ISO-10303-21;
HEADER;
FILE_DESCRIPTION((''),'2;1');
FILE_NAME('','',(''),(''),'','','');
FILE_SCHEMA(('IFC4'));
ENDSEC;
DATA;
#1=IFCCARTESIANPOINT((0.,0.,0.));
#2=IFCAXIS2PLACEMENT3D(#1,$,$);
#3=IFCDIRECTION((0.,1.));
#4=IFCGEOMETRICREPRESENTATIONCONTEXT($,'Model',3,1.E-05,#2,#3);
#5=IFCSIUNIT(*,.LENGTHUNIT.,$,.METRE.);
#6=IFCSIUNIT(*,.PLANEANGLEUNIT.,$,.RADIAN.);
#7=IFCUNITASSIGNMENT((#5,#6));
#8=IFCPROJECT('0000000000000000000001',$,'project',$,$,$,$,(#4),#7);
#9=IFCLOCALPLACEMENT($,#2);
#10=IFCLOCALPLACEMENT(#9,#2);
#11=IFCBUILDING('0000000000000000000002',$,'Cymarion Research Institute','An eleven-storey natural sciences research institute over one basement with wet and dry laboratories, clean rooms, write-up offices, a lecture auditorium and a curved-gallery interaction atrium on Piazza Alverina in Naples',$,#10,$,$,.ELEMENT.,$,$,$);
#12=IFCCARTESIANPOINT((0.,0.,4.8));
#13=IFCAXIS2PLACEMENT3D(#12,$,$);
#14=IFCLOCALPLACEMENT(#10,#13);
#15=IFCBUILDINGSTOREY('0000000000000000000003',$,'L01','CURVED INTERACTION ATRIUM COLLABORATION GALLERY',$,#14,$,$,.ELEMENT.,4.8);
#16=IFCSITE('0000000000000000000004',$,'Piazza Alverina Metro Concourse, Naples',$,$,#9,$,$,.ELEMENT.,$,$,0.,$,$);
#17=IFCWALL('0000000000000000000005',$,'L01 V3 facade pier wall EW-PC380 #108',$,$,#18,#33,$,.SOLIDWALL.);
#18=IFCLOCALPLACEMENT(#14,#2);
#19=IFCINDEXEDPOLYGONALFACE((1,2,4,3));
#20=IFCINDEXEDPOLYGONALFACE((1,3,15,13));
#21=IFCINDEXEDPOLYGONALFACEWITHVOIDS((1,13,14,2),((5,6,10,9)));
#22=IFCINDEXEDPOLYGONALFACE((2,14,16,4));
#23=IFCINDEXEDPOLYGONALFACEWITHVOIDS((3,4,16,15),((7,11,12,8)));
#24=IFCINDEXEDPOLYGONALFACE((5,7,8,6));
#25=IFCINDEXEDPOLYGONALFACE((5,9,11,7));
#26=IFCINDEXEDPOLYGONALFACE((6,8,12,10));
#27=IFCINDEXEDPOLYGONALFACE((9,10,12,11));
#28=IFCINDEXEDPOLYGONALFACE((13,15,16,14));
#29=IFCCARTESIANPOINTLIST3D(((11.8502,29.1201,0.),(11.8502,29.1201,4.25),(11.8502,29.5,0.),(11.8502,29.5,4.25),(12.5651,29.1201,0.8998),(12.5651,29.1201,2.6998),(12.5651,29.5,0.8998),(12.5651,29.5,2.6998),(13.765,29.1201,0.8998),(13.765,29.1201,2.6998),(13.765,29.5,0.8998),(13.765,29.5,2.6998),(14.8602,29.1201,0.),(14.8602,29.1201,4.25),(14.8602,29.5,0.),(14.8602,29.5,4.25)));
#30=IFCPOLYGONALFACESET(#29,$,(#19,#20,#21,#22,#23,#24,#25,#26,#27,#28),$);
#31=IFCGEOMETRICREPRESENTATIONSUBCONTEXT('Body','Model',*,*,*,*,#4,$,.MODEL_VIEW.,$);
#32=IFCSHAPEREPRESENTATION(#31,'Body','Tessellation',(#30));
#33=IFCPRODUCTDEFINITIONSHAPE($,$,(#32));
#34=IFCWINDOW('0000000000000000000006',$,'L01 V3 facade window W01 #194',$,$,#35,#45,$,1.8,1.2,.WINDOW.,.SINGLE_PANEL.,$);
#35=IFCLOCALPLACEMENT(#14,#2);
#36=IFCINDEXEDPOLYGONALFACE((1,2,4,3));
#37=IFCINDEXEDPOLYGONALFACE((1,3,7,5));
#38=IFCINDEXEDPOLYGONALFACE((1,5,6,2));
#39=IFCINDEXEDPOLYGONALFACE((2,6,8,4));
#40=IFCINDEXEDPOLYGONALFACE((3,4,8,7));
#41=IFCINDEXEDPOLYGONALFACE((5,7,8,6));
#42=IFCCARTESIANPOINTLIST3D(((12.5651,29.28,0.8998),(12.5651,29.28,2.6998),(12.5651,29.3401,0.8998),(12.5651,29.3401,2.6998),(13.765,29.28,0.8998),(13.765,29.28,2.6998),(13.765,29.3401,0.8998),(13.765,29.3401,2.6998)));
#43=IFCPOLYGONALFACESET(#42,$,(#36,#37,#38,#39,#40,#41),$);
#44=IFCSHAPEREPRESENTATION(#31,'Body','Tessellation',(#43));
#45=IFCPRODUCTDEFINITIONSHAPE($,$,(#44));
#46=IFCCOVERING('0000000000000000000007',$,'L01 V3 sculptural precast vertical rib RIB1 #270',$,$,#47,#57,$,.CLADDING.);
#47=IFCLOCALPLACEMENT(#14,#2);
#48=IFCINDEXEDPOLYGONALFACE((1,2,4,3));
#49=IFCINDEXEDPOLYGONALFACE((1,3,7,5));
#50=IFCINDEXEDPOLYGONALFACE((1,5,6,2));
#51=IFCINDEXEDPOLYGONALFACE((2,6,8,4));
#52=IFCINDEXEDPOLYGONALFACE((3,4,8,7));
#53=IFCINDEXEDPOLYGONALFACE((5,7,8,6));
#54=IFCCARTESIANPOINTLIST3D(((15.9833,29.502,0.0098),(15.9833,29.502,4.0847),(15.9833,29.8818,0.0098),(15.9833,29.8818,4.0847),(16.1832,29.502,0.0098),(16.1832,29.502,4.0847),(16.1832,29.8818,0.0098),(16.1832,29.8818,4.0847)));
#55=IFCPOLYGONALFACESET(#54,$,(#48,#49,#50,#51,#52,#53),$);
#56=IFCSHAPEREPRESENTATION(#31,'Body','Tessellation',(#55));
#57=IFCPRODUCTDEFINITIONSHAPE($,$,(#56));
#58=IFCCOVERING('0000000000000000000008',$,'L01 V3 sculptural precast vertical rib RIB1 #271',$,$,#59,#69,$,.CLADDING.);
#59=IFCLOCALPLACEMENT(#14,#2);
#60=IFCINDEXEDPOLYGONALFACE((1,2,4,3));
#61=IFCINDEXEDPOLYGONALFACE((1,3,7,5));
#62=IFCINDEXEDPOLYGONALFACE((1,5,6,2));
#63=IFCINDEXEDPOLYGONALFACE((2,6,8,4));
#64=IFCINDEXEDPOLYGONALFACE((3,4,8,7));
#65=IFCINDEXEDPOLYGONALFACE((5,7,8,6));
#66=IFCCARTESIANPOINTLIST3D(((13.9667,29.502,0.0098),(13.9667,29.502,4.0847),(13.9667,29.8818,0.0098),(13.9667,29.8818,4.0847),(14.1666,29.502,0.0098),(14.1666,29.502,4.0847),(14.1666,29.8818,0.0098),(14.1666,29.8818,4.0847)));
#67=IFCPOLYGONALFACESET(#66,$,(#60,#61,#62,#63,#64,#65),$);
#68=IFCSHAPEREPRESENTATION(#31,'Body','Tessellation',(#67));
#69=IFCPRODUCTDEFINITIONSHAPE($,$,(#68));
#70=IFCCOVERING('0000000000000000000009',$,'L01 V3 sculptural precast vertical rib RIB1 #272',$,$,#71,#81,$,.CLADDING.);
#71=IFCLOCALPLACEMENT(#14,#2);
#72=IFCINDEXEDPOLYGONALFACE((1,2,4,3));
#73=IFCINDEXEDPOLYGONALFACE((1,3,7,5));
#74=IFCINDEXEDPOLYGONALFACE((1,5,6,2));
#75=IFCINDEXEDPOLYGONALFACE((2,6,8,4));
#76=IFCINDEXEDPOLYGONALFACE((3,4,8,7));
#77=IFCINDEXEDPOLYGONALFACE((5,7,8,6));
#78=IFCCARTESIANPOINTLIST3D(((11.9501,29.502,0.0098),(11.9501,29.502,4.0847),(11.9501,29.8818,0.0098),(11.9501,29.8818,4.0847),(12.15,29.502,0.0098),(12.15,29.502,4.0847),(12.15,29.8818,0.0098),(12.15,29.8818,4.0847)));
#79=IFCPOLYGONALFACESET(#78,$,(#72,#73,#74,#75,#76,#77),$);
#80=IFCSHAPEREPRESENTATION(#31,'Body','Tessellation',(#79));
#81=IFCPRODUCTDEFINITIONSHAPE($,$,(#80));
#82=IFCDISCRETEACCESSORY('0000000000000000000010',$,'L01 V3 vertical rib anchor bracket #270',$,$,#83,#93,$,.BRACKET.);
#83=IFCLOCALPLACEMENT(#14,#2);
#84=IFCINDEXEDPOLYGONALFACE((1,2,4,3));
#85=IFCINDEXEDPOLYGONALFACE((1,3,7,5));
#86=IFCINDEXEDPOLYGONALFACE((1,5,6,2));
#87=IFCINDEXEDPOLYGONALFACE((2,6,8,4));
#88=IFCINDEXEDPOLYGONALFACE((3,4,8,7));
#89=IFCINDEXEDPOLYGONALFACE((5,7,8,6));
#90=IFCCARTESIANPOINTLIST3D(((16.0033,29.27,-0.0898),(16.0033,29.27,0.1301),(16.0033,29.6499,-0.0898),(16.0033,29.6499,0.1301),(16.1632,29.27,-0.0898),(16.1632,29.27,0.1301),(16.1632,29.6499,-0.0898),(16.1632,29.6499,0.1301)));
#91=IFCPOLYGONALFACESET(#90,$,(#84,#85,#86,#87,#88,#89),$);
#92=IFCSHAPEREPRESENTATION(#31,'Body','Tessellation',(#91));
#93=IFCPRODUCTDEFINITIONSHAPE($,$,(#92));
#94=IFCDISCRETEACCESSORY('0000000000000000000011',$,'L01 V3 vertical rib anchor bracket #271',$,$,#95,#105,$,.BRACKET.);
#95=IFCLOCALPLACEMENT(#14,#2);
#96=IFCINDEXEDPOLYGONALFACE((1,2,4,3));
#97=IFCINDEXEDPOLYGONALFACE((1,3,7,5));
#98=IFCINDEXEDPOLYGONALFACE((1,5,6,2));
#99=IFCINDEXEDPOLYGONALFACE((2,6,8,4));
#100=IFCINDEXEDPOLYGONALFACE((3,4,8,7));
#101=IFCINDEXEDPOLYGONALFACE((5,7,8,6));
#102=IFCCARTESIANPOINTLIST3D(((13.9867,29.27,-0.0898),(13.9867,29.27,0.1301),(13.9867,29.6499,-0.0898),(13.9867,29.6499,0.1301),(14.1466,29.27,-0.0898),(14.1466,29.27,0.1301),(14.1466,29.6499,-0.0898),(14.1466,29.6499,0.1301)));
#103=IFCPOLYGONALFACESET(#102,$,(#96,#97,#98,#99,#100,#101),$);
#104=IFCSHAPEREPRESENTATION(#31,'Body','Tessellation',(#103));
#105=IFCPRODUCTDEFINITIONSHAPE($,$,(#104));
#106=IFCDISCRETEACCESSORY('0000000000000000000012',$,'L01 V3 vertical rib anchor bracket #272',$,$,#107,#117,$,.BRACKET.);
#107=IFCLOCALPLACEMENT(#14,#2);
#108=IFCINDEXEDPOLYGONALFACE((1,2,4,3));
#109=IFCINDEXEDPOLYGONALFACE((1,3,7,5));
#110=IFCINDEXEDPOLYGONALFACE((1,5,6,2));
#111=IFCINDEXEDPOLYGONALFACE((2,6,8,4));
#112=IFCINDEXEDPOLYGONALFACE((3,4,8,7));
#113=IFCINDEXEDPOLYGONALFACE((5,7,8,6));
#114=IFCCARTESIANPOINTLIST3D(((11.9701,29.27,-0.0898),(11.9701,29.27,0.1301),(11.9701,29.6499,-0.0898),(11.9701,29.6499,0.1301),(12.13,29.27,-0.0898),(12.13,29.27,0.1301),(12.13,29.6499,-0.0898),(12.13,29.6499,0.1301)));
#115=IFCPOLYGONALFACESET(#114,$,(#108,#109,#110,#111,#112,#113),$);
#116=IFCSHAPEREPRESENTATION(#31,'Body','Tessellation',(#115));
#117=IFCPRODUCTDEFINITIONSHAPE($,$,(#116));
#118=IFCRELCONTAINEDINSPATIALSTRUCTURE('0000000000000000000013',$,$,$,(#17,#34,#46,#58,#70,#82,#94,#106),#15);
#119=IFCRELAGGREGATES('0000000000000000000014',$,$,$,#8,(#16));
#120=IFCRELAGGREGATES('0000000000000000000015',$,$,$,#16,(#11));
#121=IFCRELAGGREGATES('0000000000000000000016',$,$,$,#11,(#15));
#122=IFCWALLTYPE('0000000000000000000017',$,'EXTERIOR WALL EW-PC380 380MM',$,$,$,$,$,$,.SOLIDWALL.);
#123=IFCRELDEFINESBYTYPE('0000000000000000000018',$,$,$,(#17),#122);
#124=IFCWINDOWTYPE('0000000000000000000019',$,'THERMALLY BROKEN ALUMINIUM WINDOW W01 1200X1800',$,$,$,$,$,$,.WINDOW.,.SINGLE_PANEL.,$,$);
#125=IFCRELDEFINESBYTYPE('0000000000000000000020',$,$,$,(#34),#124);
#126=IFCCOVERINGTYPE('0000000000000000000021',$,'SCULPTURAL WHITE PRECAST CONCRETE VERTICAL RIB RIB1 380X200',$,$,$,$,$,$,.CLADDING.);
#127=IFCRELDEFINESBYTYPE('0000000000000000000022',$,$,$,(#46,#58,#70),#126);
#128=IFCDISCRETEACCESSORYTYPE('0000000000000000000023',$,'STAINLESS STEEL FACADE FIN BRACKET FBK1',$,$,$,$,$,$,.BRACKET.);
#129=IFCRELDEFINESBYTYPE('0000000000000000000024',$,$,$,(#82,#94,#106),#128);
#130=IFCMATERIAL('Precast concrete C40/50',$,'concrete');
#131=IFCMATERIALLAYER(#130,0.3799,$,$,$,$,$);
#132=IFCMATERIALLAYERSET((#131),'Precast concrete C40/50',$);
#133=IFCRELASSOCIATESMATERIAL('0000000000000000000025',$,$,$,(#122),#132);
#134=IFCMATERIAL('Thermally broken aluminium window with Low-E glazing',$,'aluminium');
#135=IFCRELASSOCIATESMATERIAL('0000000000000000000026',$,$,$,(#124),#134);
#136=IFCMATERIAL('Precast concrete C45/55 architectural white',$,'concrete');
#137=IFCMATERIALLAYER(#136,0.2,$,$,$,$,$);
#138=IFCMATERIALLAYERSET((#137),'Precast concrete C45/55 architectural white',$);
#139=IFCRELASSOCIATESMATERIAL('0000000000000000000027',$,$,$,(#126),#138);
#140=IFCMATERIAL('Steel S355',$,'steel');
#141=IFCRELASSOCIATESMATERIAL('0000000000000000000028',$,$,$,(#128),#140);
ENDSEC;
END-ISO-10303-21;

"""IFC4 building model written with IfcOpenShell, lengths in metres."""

from ifc_helpers import new_model, si_unit, direction, frame, frame_2d, origin, origin_2d, place, context, subcontext, project, spatial, rectangle, extrude, material, layer, layer_set, type_object, element, fill, save


model = new_model("IFC4")

# Units and contexts
model_context = context("Model", 3, precision=1e-05, world=origin(), true_north=direction((0.0, 1.0)))
body_context = subcontext(model_context, "Body", "Model", "MODEL_VIEW")
ifc_project = project(units=[si_unit("LENGTHUNIT", "METRE"), si_unit("PLANEANGLEUNIT", "RADIAN")], contexts=[model_context])

# Site, building, storey
site_placement = place(None, origin())
site = spatial("IfcSite", under=ifc_project, at=site_placement, Name="Piazza Alverina Metro Concourse, Naples", CompositionType="ELEMENT", RefElevation=0.0)
building_placement = place(site_placement, origin())
building = spatial("IfcBuilding", under=site, at=building_placement, Name="Cymarion Research Institute", Description="An eleven-storey natural sciences research institute over one basement with wet and dry laboratories, clean rooms, write-up offices, a lecture auditorium and a curved-gallery interaction atrium on Piazza Alverina in Naples", CompositionType="ELEMENT")
storey_placement = place(building_placement, frame((0.0, 0.0, 4.8)))
storey = spatial("IfcBuildingStorey", under=building, at=storey_placement, Name="L01", Description="CURVED INTERACTION ATRIUM COLLABORATION GALLERY", CompositionType="ELEMENT", Elevation=4.8)

# Shared definitions
ifc_material_1 = material(Name="Steel S355", Category="steel")

# Wall, opening, window
ifc_material_2 = material(Name="Precast concrete C40/50", Category="concrete")
ifc_layer_1 = layer(ifc_material_2, 0.3799)
ifc_layer_set_1 = layer_set([ifc_layer_1], Name="Precast concrete C40/50")
wall_type = type_object("IfcWallType", Name="EXTERIOR WALL EW-PC380 380MM", PredefinedType="SOLIDWALL", material=ifc_layer_set_1)
wall_placement = place(storey_placement, frame((14.8601, 29.3101, 0.0), z_axis=(0.0, 0.0, 1.0), x_axis=(-1.0, 0.0, 0.0)))
wall = element("IfcWall", 1, at=wall_placement, inside=storey, type_object=wall_type, Name="L01 V3 facade pier wall EW-PC380 #108", PredefinedType="SOLIDWALL", context=body_context, shape_type="SweptSolid", body=[
    extrude(rectangle(XDim=3.01, YDim=0.3799, at=frame_2d((1.5049, 0.0))), origin(), (0.0, 0.0, 1.0), 4.25),
])
opening_placement = place(wall_placement, frame((1.095, 0.0, 0.8999)))
opening = element("IfcOpeningElement", 2, at=opening_placement, cuts=wall, PredefinedType="OPENING", context=body_context, shape_type="SweptSolid", body=[
    extrude(rectangle(XDim=1.2, YDim=1.8, at=frame_2d((0.6001, 0.8999))), frame((0.0, 0.2, 0.0), z_axis=(0.0, -1.0, 0.0), x_axis=(1.0, 0.0, 0.0)), (0.0, 0.0, 1.0), 0.3999),
])
ifc_material_3 = material(Name="Thermally broken aluminium window with Low-E glazing", Category="aluminium")
window_type = type_object("IfcWindowType", Name="THERMALLY BROKEN ALUMINIUM WINDOW W01 1200X1800", PartitioningType="SINGLE_PANEL", PredefinedType="WINDOW", material=ifc_material_3)
window_placement = place(opening_placement, origin())
window = element("IfcWindow", 3, at=window_placement, inside=storey, type_object=window_type, Name="L01 V3 facade window W01 #194", OverallHeight=1.8, OverallWidth=1.2, PartitioningType="SINGLE_PANEL", PredefinedType="WINDOW", context=body_context, shape_type="SweptSolid", body=[
    extrude(rectangle(XDim=1.2, YDim=1.8, at=frame_2d((0.6001, 0.8999))), frame((0.0, 0.03, 0.0), z_axis=(0.0, -1.0, 0.0), x_axis=(1.0, 0.0, 0.0)), (0.0, 0.0, 1.0), 0.0601),
])
fill(opening, window)

# Coverings
ifc_material_4 = material(Name="Precast concrete C45/55 architectural white", Category="concrete")
ifc_layer_2 = layer(ifc_material_4, 0.2)
ifc_layer_set_2 = layer_set([ifc_layer_2], Name="Precast concrete C45/55 architectural white")
covering_type = type_object("IfcCoveringType", Name="SCULPTURAL WHITE PRECAST CONCRETE VERTICAL RIB RIB1 380X200", PredefinedType="CLADDING", material=ifc_layer_set_2)
for number, where, z_axis, x_axis, name in (
    (4, (16.0833, 29.6919, 0.0098), (0.0, 0.0, 1.0), (0.0, 1.0, 0.0), "L01 V3 sculptural precast vertical rib RIB1 #270"),
    (5, (14.0667, 29.6919, 0.0098), (0.0, 0.0, 1.0), (0.0, 1.0, 0.0), "L01 V3 sculptural precast vertical rib RIB1 #271"),
    (6, (12.05, 29.6919, 0.0098), (0.0, 0.0, 1.0), (0.0, 1.0, 0.0), "L01 V3 sculptural precast vertical rib RIB1 #272"),
):
    element("IfcCovering", number, at=place(storey_placement, frame(where, z_axis=z_axis, x_axis=x_axis)), inside=storey, type_object=covering_type, Name=name, PredefinedType="CLADDING", context=body_context, shape_type="SweptSolid", body=[
        extrude(rectangle(XDim=0.3799, YDim=0.2, at=origin_2d()), origin(), (0.0, 0.0, 1.0), 4.075),
    ])

# Discrete accessories
discrete_accessory_type = type_object("IfcDiscreteAccessoryType", Name="STAINLESS STEEL FACADE FIN BRACKET FBK1", PredefinedType="BRACKET", material=ifc_material_1)
for number, where, z_axis, x_axis, name in (
    (7, (16.0833, 29.46, -0.0898), (0.0, 0.0, 1.0), (0.0, 1.0, 0.0), "L01 V3 vertical rib anchor bracket #270"),
    (8, (14.0667, 29.46, -0.0898), (0.0, 0.0, 1.0), (0.0, 1.0, 0.0), "L01 V3 vertical rib anchor bracket #271"),
    (9, (12.05, 29.46, -0.0898), (0.0, 0.0, 1.0), (0.0, 1.0, 0.0), "L01 V3 vertical rib anchor bracket #272"),
):
    element("IfcDiscreteAccessory", number, at=place(storey_placement, frame(where, z_axis=z_axis, x_axis=x_axis)), inside=storey, type_object=discrete_accessory_type, Name=name, PredefinedType="BRACKET", context=body_context, shape_type="SweptSolid", body=[
        extrude(rectangle(XDim=0.3799, YDim=0.1599, at=origin_2d()), origin(), (0.0, 0.0, 1.0), 0.22),
    ])

save(model, "model.ifc")
